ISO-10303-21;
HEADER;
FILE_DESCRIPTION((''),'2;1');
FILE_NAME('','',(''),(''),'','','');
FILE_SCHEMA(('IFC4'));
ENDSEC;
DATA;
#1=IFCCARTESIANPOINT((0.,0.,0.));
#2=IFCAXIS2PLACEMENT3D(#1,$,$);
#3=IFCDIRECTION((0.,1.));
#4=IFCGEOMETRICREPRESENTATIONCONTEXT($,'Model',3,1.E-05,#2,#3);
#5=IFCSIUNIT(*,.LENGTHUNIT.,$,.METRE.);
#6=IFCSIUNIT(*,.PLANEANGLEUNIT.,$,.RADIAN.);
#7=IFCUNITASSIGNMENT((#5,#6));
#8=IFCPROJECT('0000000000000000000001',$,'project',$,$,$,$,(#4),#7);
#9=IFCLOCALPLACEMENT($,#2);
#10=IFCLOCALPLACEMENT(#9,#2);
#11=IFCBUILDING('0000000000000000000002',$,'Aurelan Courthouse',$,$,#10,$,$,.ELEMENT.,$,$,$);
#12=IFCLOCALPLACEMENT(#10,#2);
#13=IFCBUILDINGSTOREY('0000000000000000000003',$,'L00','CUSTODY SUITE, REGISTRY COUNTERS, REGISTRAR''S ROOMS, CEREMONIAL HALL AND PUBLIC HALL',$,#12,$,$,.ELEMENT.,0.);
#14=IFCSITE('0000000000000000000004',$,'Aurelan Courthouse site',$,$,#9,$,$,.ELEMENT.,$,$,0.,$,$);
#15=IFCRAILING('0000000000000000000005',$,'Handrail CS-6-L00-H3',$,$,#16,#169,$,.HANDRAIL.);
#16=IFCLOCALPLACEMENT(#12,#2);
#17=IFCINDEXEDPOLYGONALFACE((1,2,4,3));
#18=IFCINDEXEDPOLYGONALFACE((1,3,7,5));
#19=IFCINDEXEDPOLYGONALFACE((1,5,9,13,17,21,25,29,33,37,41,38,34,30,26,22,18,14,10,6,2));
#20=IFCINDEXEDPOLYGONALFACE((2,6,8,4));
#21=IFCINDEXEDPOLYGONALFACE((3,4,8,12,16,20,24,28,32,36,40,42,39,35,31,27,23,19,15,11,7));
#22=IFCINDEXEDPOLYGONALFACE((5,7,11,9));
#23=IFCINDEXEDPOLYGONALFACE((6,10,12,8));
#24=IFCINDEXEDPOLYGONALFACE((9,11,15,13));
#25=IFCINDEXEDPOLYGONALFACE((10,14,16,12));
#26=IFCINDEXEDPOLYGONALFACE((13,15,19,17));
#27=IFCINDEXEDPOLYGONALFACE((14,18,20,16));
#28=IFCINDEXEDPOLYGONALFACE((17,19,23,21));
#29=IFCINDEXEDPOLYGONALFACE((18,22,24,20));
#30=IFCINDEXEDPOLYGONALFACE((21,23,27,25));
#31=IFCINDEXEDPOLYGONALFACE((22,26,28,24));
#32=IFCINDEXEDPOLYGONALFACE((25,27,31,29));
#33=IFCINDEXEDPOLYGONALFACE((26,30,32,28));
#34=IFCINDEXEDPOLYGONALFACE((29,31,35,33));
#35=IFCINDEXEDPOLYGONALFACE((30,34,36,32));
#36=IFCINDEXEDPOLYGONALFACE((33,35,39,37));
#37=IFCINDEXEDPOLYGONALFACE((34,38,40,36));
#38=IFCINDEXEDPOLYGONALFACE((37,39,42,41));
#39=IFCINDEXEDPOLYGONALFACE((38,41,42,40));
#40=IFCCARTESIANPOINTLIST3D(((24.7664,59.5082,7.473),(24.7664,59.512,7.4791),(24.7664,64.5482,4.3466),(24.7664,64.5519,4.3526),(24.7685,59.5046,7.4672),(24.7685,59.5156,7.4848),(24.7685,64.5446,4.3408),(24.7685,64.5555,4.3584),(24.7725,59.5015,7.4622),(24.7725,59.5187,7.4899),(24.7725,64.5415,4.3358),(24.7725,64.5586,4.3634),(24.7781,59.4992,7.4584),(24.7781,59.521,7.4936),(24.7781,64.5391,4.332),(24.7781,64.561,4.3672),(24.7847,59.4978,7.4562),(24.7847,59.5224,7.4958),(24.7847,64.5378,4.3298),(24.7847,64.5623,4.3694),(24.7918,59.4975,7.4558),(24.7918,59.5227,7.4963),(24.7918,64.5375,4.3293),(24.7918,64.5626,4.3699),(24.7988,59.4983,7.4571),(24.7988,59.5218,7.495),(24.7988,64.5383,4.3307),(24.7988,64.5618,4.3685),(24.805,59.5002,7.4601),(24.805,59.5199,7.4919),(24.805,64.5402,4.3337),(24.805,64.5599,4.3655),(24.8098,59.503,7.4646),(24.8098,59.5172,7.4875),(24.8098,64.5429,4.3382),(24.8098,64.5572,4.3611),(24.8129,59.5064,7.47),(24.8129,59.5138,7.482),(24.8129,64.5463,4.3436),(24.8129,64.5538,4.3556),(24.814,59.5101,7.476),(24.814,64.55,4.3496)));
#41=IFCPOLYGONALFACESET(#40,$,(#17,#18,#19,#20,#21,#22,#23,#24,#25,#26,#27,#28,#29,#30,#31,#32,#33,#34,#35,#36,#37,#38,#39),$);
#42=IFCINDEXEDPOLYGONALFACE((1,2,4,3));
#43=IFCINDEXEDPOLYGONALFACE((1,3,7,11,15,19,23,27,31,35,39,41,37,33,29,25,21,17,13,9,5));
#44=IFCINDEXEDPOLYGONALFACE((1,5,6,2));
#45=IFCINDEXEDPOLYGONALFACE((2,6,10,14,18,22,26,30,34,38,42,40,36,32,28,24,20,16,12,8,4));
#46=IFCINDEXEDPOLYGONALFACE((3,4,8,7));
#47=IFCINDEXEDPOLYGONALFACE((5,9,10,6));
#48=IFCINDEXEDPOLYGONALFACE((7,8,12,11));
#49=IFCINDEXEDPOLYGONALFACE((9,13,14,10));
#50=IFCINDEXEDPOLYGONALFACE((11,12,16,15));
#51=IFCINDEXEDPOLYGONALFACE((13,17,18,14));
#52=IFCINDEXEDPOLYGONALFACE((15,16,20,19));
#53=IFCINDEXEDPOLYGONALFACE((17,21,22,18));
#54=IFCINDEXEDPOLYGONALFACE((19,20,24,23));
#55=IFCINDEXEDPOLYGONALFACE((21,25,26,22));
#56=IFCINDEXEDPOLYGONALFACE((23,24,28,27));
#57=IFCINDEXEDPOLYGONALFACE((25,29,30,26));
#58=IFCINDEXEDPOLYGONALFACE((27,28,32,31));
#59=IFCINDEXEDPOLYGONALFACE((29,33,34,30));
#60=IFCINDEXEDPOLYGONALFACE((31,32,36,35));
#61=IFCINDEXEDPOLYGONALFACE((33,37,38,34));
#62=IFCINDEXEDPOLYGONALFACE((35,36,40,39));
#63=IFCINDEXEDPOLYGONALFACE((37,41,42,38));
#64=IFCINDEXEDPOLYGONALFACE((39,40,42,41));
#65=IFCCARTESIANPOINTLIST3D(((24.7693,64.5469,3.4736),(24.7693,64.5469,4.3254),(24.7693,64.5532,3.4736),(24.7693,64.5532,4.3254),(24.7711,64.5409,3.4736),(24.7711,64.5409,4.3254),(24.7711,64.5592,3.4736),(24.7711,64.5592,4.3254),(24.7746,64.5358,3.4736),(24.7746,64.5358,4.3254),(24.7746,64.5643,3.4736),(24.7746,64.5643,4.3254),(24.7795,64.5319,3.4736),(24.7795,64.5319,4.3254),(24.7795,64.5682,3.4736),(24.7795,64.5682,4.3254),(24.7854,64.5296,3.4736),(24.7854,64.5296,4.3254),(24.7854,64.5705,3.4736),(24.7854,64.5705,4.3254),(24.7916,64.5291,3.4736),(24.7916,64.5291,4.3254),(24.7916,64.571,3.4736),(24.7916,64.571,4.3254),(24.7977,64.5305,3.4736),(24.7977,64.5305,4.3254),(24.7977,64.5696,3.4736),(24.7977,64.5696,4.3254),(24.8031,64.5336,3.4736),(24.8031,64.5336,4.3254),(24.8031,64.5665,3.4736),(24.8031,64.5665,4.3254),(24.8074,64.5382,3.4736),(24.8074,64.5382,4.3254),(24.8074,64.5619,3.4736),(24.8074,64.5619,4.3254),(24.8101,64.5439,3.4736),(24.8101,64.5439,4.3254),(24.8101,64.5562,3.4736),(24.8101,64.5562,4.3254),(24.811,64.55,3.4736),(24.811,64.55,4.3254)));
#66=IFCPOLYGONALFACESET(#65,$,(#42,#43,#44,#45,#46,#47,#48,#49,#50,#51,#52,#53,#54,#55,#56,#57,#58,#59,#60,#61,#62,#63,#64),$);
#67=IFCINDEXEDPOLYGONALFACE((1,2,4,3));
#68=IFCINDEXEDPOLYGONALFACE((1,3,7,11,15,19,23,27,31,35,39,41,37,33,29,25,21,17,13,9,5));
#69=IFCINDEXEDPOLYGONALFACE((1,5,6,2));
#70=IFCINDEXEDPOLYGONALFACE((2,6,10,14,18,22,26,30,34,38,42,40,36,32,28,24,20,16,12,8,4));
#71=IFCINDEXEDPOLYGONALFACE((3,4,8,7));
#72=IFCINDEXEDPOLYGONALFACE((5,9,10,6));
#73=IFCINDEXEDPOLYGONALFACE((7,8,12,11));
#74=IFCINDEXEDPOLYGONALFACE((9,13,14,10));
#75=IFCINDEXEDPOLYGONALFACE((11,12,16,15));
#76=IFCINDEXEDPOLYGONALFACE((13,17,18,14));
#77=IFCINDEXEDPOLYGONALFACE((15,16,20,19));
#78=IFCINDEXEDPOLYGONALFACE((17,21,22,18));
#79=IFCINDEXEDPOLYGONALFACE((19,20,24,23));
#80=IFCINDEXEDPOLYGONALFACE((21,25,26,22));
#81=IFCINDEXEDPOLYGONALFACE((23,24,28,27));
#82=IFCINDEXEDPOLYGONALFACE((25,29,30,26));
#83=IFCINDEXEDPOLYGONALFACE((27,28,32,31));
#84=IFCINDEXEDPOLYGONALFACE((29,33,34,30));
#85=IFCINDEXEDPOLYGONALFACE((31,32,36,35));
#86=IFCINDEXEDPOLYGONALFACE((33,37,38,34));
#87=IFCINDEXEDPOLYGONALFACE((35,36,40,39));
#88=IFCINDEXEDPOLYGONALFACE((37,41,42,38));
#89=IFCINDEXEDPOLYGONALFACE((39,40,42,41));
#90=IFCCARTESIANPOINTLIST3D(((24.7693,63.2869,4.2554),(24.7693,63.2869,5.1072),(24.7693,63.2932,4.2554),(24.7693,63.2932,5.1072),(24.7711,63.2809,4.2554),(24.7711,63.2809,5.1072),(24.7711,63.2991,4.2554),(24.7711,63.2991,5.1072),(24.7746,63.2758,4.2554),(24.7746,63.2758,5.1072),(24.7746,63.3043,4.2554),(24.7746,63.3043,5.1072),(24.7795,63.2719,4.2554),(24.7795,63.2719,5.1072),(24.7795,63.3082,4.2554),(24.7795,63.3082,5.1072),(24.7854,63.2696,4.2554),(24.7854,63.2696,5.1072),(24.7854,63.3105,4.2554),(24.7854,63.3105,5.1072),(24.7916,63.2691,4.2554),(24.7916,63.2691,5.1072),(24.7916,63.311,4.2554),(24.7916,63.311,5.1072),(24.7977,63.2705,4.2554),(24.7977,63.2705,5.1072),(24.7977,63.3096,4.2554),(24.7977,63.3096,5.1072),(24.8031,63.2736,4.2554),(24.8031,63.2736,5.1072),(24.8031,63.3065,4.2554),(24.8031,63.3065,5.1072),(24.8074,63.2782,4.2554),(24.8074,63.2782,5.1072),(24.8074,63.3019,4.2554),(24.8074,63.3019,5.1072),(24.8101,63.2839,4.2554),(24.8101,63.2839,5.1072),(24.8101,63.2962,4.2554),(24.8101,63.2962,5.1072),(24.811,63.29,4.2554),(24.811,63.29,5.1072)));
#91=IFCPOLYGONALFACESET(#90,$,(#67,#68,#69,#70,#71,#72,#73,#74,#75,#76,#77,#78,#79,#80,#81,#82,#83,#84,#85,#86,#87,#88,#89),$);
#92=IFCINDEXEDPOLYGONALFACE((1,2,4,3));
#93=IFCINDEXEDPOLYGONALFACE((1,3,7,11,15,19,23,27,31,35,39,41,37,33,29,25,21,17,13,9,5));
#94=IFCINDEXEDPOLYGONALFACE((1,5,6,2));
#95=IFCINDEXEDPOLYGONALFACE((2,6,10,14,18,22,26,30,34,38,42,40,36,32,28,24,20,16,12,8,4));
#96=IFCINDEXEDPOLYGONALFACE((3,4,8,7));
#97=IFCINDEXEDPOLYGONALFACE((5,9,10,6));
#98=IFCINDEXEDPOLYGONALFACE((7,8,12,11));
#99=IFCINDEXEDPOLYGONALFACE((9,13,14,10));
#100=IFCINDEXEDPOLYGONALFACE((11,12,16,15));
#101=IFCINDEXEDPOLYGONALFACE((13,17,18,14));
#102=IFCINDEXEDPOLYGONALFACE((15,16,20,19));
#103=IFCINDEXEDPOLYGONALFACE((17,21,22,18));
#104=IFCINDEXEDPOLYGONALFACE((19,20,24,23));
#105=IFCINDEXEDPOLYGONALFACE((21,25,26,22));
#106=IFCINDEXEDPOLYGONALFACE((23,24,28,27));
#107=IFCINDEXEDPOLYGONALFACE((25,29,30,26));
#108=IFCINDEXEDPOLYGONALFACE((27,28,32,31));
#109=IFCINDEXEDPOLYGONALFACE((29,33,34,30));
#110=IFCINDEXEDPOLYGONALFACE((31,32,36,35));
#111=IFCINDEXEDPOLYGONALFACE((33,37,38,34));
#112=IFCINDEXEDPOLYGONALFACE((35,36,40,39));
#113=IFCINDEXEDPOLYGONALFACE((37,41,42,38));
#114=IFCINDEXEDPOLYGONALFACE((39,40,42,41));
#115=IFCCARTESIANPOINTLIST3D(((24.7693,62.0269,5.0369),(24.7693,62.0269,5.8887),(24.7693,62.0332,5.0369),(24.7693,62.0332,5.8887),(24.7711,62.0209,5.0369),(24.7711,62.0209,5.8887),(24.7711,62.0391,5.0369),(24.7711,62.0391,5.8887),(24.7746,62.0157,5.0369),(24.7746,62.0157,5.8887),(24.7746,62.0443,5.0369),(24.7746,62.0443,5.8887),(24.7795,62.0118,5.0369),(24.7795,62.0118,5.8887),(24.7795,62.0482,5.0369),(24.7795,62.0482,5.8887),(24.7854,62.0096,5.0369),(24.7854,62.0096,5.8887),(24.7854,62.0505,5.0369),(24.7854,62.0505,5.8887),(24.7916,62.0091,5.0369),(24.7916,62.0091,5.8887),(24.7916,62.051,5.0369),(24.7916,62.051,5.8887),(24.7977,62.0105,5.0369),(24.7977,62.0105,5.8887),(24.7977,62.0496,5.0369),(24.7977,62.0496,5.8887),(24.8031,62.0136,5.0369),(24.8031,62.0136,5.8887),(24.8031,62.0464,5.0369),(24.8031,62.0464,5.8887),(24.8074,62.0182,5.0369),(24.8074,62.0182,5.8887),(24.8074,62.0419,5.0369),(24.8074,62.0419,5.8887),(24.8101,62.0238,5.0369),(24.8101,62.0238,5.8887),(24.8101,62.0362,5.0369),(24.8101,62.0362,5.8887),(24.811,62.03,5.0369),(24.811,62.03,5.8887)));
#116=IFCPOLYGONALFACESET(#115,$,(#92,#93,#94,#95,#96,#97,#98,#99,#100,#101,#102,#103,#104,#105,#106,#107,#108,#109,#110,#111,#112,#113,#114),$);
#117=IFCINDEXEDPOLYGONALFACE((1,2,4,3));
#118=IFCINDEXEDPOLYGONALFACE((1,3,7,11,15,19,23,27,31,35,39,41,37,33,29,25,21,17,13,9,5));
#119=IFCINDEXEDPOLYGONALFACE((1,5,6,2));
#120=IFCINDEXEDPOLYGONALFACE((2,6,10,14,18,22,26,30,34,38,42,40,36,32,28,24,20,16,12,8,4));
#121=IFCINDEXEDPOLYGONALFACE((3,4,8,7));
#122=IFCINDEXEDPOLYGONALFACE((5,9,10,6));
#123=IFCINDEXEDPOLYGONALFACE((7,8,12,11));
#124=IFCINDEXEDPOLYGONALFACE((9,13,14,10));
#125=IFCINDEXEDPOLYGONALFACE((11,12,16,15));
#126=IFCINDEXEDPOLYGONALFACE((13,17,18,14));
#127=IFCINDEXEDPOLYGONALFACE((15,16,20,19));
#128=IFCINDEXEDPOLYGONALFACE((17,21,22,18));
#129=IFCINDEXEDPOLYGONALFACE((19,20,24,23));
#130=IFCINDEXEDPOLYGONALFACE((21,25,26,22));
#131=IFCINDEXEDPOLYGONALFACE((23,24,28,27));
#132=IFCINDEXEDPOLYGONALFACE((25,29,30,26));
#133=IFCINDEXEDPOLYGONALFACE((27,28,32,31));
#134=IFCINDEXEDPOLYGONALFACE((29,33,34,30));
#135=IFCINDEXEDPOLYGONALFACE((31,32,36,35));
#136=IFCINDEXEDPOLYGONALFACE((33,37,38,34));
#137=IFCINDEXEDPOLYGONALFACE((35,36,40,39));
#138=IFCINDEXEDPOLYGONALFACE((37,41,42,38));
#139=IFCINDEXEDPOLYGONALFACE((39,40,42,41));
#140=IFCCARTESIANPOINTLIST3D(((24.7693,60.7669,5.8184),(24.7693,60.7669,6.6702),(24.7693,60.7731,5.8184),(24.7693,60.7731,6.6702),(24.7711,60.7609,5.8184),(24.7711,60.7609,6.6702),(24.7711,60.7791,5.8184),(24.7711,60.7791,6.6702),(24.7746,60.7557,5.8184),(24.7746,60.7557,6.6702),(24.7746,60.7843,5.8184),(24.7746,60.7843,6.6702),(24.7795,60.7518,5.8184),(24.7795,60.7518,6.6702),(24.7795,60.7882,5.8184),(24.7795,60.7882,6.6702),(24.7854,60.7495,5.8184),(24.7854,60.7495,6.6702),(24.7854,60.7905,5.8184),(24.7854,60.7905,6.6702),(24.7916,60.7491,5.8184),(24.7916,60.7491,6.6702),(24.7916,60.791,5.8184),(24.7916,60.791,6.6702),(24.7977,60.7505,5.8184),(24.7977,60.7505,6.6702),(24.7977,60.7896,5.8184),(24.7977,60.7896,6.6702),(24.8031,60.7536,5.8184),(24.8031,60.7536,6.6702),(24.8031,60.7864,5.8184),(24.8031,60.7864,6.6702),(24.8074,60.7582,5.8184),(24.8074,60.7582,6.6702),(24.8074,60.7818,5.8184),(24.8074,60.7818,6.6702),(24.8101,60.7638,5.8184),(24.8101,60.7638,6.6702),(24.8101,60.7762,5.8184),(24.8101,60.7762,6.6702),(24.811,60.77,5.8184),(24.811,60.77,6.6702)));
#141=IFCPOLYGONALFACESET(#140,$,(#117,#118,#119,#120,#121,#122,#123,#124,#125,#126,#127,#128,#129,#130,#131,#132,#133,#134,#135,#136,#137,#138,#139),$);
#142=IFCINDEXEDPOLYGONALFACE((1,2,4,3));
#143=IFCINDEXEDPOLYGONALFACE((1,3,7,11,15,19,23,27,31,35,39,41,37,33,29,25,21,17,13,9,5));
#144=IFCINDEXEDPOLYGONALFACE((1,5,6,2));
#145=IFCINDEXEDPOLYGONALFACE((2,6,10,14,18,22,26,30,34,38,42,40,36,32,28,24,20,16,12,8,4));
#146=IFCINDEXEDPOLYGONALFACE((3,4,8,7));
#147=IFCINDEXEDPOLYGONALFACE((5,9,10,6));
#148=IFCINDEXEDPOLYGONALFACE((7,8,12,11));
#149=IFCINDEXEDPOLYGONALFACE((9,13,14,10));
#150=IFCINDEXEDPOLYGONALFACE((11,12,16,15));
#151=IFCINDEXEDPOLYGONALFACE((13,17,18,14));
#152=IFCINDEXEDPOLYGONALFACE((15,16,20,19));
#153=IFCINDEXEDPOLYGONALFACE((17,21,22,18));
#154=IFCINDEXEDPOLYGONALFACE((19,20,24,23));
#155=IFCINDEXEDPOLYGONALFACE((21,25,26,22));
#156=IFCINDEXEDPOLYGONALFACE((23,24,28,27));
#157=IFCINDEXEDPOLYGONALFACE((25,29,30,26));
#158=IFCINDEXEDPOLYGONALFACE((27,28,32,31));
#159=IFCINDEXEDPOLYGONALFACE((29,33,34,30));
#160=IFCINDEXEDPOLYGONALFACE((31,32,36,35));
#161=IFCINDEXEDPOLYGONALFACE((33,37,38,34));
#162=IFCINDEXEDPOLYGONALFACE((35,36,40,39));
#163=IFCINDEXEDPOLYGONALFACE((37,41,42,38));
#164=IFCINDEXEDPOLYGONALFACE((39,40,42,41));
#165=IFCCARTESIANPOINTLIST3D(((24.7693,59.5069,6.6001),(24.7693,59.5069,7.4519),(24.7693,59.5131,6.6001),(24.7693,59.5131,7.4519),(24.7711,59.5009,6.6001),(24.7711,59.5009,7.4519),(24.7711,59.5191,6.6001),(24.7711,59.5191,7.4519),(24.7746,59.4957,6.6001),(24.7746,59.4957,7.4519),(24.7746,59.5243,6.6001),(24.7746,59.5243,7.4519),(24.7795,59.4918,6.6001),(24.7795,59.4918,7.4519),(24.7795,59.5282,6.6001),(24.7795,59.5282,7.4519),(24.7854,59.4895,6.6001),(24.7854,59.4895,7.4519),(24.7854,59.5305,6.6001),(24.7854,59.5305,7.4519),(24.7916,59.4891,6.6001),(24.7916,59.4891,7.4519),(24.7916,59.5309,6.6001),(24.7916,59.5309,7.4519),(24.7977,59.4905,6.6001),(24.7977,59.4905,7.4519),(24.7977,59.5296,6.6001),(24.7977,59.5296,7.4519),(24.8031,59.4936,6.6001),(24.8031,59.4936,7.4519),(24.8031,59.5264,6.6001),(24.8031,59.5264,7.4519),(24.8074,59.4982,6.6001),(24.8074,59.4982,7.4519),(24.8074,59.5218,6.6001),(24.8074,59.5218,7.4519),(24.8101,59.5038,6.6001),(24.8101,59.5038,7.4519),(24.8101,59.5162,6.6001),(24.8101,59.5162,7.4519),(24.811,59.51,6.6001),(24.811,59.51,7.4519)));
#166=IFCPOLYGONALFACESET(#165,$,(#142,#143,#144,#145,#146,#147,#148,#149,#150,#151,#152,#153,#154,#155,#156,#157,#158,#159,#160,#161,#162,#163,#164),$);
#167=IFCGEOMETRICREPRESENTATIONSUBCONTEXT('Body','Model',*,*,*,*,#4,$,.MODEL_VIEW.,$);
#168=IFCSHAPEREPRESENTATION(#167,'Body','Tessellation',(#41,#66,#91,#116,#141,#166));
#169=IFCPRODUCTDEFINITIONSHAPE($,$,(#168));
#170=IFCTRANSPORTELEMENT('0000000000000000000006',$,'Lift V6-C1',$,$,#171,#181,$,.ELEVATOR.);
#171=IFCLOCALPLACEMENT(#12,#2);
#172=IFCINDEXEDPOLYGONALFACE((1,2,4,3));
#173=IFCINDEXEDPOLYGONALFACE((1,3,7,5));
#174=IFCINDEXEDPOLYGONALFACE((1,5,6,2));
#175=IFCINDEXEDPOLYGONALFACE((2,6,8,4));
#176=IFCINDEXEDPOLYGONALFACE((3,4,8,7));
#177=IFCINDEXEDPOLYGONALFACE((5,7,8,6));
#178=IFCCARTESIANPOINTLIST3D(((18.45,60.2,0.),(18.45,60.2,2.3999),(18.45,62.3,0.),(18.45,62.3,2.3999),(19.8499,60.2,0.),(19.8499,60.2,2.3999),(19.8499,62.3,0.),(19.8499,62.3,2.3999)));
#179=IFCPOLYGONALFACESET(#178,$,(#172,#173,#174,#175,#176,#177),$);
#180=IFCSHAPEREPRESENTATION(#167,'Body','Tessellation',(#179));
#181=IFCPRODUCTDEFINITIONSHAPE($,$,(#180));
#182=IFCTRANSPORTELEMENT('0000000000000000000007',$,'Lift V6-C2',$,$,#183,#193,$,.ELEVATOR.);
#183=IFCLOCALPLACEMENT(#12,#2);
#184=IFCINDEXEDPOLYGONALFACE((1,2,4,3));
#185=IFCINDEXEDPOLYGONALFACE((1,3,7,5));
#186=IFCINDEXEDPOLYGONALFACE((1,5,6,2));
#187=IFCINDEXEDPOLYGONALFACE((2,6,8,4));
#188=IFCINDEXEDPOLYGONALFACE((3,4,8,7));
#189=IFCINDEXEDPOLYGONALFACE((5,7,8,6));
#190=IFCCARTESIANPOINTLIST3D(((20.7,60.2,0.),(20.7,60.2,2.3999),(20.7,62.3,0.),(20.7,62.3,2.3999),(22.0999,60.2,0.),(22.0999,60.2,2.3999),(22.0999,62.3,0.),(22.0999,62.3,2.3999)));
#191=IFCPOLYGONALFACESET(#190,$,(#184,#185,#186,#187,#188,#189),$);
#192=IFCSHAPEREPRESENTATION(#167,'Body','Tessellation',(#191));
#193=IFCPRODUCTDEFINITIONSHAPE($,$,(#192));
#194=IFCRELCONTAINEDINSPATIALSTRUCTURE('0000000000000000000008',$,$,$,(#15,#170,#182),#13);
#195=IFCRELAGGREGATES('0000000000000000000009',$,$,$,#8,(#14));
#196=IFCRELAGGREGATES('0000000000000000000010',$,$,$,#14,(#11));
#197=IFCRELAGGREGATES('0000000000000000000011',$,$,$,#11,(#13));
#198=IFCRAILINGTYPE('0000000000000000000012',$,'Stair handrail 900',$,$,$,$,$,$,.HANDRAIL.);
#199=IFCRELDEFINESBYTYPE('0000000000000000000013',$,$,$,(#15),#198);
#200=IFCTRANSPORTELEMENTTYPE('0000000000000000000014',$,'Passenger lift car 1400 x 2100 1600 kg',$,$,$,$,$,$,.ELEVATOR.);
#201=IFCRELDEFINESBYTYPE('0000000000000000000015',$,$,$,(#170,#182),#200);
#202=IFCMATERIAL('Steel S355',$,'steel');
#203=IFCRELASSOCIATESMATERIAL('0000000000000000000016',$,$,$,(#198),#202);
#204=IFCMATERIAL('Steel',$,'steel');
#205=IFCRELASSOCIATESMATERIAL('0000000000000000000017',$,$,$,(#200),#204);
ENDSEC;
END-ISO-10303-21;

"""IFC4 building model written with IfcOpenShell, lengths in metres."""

from ifc_helpers import new_model, si_unit, direction, frame, origin, origin_2d, place, context, subcontext, project, spatial, rectangle, circle, extrude, material, type_object, element, save


model = new_model("IFC4")

# Units and contexts
model_context = context("Model", 3, precision=1e-05, world=origin(), true_north=direction((0.0, 1.0)))
body_context = subcontext(model_context, "Body", "Model", "MODEL_VIEW")
ifc_project = project(units=[si_unit("LENGTHUNIT", "METRE"), si_unit("PLANEANGLEUNIT", "RADIAN")], contexts=[model_context])

# Site, building, storey
site_placement = place(None, origin())
site = spatial("IfcSite", under=ifc_project, at=site_placement, Name="Aurelan Courthouse site", CompositionType="ELEMENT", RefElevation=0.0)
building_placement = place(site_placement, origin())
building = spatial("IfcBuilding", under=site, at=building_placement, Name="Aurelan Courthouse", CompositionType="ELEMENT")
storey_placement = place(building_placement, origin())
storey = spatial("IfcBuildingStorey", under=building, at=storey_placement, Name="L00", Description="CUSTODY SUITE, REGISTRY COUNTERS, REGISTRAR'S ROOMS, CEREMONIAL HALL AND PUBLIC HALL", CompositionType="ELEMENT", Elevation=0.0)

# Shared definitions
ifc_material_1 = material(Name="Steel", Category="steel")

# Railing
ifc_material_2 = material(Name="Steel S355", Category="steel")
railing_type_1 = type_object("IfcRailingType", Name="Stair handrail 900", PredefinedType="HANDRAIL", material=ifc_material_2)
railing_1_placement = place(storey_placement, frame((24.79, 64.55, 3.4736)))
element("IfcRailing", 1, at=railing_1_placement, inside=storey, type_object=railing_type_1, Name="Handrail CS-6-L00-H3", PredefinedType="HANDRAIL", context=body_context, shape_type="SweptSolid", body=[
    extrude(circle(Radius=0.0239, at=origin_2d()), frame((0.0, 0.0, 0.876), z_axis=(0.0, -0.849779, 0.527139), x_axis=(1.0, 0.0, 0.0)), (0.0, 0.0, 1.0), 5.9309),
    extrude(circle(Radius=0.021, at=origin_2d()), origin(), (0.0, 0.0, 1.0), 0.8518),
    extrude(circle(Radius=0.021, at=origin_2d()), frame((0.0, -1.26, 0.7817)), (0.0, 0.0, 1.0), 0.8518),
    extrude(circle(Radius=0.021, at=origin_2d()), frame((0.0, -2.52, 1.5632)), (0.0, 0.0, 1.0), 0.8518),
    extrude(circle(Radius=0.021, at=origin_2d()), frame((0.0, -3.78, 2.3447)), (0.0, 0.0, 1.0), 0.8518),
    extrude(circle(Radius=0.021, at=origin_2d()), frame((0.0, -5.04, 3.1265)), (0.0, 0.0, 1.0), 0.8518),
])

# Transport elements
transport_element_type = type_object("IfcTransportElementType", Name="Passenger lift car 1400 x 2100 1600 kg", PredefinedType="ELEVATOR", material=ifc_material_1)
for number, where, z_axis, x_axis, name in (
    (2, (19.1499, 61.25, 0.0), (0.0, 0.0, 1.0), (1.0, 0.0, 0.0), "Lift V6-C1"),
    (3, (21.3999, 61.25, 0.0), (0.0, 0.0, 1.0), (1.0, 0.0, 0.0), "Lift V6-C2"),
):
    element("IfcTransportElement", number, at=place(storey_placement, frame(where, z_axis=z_axis, x_axis=x_axis)), inside=storey, type_object=transport_element_type, Name=name, PredefinedType="ELEVATOR", context=body_context, shape_type="SweptSolid", body=[
        extrude(rectangle(XDim=1.3999, YDim=2.1001, at=origin_2d()), origin(), (0.0, 0.0, 1.0), 2.3999),
    ])

save(model, "model.ifc")
